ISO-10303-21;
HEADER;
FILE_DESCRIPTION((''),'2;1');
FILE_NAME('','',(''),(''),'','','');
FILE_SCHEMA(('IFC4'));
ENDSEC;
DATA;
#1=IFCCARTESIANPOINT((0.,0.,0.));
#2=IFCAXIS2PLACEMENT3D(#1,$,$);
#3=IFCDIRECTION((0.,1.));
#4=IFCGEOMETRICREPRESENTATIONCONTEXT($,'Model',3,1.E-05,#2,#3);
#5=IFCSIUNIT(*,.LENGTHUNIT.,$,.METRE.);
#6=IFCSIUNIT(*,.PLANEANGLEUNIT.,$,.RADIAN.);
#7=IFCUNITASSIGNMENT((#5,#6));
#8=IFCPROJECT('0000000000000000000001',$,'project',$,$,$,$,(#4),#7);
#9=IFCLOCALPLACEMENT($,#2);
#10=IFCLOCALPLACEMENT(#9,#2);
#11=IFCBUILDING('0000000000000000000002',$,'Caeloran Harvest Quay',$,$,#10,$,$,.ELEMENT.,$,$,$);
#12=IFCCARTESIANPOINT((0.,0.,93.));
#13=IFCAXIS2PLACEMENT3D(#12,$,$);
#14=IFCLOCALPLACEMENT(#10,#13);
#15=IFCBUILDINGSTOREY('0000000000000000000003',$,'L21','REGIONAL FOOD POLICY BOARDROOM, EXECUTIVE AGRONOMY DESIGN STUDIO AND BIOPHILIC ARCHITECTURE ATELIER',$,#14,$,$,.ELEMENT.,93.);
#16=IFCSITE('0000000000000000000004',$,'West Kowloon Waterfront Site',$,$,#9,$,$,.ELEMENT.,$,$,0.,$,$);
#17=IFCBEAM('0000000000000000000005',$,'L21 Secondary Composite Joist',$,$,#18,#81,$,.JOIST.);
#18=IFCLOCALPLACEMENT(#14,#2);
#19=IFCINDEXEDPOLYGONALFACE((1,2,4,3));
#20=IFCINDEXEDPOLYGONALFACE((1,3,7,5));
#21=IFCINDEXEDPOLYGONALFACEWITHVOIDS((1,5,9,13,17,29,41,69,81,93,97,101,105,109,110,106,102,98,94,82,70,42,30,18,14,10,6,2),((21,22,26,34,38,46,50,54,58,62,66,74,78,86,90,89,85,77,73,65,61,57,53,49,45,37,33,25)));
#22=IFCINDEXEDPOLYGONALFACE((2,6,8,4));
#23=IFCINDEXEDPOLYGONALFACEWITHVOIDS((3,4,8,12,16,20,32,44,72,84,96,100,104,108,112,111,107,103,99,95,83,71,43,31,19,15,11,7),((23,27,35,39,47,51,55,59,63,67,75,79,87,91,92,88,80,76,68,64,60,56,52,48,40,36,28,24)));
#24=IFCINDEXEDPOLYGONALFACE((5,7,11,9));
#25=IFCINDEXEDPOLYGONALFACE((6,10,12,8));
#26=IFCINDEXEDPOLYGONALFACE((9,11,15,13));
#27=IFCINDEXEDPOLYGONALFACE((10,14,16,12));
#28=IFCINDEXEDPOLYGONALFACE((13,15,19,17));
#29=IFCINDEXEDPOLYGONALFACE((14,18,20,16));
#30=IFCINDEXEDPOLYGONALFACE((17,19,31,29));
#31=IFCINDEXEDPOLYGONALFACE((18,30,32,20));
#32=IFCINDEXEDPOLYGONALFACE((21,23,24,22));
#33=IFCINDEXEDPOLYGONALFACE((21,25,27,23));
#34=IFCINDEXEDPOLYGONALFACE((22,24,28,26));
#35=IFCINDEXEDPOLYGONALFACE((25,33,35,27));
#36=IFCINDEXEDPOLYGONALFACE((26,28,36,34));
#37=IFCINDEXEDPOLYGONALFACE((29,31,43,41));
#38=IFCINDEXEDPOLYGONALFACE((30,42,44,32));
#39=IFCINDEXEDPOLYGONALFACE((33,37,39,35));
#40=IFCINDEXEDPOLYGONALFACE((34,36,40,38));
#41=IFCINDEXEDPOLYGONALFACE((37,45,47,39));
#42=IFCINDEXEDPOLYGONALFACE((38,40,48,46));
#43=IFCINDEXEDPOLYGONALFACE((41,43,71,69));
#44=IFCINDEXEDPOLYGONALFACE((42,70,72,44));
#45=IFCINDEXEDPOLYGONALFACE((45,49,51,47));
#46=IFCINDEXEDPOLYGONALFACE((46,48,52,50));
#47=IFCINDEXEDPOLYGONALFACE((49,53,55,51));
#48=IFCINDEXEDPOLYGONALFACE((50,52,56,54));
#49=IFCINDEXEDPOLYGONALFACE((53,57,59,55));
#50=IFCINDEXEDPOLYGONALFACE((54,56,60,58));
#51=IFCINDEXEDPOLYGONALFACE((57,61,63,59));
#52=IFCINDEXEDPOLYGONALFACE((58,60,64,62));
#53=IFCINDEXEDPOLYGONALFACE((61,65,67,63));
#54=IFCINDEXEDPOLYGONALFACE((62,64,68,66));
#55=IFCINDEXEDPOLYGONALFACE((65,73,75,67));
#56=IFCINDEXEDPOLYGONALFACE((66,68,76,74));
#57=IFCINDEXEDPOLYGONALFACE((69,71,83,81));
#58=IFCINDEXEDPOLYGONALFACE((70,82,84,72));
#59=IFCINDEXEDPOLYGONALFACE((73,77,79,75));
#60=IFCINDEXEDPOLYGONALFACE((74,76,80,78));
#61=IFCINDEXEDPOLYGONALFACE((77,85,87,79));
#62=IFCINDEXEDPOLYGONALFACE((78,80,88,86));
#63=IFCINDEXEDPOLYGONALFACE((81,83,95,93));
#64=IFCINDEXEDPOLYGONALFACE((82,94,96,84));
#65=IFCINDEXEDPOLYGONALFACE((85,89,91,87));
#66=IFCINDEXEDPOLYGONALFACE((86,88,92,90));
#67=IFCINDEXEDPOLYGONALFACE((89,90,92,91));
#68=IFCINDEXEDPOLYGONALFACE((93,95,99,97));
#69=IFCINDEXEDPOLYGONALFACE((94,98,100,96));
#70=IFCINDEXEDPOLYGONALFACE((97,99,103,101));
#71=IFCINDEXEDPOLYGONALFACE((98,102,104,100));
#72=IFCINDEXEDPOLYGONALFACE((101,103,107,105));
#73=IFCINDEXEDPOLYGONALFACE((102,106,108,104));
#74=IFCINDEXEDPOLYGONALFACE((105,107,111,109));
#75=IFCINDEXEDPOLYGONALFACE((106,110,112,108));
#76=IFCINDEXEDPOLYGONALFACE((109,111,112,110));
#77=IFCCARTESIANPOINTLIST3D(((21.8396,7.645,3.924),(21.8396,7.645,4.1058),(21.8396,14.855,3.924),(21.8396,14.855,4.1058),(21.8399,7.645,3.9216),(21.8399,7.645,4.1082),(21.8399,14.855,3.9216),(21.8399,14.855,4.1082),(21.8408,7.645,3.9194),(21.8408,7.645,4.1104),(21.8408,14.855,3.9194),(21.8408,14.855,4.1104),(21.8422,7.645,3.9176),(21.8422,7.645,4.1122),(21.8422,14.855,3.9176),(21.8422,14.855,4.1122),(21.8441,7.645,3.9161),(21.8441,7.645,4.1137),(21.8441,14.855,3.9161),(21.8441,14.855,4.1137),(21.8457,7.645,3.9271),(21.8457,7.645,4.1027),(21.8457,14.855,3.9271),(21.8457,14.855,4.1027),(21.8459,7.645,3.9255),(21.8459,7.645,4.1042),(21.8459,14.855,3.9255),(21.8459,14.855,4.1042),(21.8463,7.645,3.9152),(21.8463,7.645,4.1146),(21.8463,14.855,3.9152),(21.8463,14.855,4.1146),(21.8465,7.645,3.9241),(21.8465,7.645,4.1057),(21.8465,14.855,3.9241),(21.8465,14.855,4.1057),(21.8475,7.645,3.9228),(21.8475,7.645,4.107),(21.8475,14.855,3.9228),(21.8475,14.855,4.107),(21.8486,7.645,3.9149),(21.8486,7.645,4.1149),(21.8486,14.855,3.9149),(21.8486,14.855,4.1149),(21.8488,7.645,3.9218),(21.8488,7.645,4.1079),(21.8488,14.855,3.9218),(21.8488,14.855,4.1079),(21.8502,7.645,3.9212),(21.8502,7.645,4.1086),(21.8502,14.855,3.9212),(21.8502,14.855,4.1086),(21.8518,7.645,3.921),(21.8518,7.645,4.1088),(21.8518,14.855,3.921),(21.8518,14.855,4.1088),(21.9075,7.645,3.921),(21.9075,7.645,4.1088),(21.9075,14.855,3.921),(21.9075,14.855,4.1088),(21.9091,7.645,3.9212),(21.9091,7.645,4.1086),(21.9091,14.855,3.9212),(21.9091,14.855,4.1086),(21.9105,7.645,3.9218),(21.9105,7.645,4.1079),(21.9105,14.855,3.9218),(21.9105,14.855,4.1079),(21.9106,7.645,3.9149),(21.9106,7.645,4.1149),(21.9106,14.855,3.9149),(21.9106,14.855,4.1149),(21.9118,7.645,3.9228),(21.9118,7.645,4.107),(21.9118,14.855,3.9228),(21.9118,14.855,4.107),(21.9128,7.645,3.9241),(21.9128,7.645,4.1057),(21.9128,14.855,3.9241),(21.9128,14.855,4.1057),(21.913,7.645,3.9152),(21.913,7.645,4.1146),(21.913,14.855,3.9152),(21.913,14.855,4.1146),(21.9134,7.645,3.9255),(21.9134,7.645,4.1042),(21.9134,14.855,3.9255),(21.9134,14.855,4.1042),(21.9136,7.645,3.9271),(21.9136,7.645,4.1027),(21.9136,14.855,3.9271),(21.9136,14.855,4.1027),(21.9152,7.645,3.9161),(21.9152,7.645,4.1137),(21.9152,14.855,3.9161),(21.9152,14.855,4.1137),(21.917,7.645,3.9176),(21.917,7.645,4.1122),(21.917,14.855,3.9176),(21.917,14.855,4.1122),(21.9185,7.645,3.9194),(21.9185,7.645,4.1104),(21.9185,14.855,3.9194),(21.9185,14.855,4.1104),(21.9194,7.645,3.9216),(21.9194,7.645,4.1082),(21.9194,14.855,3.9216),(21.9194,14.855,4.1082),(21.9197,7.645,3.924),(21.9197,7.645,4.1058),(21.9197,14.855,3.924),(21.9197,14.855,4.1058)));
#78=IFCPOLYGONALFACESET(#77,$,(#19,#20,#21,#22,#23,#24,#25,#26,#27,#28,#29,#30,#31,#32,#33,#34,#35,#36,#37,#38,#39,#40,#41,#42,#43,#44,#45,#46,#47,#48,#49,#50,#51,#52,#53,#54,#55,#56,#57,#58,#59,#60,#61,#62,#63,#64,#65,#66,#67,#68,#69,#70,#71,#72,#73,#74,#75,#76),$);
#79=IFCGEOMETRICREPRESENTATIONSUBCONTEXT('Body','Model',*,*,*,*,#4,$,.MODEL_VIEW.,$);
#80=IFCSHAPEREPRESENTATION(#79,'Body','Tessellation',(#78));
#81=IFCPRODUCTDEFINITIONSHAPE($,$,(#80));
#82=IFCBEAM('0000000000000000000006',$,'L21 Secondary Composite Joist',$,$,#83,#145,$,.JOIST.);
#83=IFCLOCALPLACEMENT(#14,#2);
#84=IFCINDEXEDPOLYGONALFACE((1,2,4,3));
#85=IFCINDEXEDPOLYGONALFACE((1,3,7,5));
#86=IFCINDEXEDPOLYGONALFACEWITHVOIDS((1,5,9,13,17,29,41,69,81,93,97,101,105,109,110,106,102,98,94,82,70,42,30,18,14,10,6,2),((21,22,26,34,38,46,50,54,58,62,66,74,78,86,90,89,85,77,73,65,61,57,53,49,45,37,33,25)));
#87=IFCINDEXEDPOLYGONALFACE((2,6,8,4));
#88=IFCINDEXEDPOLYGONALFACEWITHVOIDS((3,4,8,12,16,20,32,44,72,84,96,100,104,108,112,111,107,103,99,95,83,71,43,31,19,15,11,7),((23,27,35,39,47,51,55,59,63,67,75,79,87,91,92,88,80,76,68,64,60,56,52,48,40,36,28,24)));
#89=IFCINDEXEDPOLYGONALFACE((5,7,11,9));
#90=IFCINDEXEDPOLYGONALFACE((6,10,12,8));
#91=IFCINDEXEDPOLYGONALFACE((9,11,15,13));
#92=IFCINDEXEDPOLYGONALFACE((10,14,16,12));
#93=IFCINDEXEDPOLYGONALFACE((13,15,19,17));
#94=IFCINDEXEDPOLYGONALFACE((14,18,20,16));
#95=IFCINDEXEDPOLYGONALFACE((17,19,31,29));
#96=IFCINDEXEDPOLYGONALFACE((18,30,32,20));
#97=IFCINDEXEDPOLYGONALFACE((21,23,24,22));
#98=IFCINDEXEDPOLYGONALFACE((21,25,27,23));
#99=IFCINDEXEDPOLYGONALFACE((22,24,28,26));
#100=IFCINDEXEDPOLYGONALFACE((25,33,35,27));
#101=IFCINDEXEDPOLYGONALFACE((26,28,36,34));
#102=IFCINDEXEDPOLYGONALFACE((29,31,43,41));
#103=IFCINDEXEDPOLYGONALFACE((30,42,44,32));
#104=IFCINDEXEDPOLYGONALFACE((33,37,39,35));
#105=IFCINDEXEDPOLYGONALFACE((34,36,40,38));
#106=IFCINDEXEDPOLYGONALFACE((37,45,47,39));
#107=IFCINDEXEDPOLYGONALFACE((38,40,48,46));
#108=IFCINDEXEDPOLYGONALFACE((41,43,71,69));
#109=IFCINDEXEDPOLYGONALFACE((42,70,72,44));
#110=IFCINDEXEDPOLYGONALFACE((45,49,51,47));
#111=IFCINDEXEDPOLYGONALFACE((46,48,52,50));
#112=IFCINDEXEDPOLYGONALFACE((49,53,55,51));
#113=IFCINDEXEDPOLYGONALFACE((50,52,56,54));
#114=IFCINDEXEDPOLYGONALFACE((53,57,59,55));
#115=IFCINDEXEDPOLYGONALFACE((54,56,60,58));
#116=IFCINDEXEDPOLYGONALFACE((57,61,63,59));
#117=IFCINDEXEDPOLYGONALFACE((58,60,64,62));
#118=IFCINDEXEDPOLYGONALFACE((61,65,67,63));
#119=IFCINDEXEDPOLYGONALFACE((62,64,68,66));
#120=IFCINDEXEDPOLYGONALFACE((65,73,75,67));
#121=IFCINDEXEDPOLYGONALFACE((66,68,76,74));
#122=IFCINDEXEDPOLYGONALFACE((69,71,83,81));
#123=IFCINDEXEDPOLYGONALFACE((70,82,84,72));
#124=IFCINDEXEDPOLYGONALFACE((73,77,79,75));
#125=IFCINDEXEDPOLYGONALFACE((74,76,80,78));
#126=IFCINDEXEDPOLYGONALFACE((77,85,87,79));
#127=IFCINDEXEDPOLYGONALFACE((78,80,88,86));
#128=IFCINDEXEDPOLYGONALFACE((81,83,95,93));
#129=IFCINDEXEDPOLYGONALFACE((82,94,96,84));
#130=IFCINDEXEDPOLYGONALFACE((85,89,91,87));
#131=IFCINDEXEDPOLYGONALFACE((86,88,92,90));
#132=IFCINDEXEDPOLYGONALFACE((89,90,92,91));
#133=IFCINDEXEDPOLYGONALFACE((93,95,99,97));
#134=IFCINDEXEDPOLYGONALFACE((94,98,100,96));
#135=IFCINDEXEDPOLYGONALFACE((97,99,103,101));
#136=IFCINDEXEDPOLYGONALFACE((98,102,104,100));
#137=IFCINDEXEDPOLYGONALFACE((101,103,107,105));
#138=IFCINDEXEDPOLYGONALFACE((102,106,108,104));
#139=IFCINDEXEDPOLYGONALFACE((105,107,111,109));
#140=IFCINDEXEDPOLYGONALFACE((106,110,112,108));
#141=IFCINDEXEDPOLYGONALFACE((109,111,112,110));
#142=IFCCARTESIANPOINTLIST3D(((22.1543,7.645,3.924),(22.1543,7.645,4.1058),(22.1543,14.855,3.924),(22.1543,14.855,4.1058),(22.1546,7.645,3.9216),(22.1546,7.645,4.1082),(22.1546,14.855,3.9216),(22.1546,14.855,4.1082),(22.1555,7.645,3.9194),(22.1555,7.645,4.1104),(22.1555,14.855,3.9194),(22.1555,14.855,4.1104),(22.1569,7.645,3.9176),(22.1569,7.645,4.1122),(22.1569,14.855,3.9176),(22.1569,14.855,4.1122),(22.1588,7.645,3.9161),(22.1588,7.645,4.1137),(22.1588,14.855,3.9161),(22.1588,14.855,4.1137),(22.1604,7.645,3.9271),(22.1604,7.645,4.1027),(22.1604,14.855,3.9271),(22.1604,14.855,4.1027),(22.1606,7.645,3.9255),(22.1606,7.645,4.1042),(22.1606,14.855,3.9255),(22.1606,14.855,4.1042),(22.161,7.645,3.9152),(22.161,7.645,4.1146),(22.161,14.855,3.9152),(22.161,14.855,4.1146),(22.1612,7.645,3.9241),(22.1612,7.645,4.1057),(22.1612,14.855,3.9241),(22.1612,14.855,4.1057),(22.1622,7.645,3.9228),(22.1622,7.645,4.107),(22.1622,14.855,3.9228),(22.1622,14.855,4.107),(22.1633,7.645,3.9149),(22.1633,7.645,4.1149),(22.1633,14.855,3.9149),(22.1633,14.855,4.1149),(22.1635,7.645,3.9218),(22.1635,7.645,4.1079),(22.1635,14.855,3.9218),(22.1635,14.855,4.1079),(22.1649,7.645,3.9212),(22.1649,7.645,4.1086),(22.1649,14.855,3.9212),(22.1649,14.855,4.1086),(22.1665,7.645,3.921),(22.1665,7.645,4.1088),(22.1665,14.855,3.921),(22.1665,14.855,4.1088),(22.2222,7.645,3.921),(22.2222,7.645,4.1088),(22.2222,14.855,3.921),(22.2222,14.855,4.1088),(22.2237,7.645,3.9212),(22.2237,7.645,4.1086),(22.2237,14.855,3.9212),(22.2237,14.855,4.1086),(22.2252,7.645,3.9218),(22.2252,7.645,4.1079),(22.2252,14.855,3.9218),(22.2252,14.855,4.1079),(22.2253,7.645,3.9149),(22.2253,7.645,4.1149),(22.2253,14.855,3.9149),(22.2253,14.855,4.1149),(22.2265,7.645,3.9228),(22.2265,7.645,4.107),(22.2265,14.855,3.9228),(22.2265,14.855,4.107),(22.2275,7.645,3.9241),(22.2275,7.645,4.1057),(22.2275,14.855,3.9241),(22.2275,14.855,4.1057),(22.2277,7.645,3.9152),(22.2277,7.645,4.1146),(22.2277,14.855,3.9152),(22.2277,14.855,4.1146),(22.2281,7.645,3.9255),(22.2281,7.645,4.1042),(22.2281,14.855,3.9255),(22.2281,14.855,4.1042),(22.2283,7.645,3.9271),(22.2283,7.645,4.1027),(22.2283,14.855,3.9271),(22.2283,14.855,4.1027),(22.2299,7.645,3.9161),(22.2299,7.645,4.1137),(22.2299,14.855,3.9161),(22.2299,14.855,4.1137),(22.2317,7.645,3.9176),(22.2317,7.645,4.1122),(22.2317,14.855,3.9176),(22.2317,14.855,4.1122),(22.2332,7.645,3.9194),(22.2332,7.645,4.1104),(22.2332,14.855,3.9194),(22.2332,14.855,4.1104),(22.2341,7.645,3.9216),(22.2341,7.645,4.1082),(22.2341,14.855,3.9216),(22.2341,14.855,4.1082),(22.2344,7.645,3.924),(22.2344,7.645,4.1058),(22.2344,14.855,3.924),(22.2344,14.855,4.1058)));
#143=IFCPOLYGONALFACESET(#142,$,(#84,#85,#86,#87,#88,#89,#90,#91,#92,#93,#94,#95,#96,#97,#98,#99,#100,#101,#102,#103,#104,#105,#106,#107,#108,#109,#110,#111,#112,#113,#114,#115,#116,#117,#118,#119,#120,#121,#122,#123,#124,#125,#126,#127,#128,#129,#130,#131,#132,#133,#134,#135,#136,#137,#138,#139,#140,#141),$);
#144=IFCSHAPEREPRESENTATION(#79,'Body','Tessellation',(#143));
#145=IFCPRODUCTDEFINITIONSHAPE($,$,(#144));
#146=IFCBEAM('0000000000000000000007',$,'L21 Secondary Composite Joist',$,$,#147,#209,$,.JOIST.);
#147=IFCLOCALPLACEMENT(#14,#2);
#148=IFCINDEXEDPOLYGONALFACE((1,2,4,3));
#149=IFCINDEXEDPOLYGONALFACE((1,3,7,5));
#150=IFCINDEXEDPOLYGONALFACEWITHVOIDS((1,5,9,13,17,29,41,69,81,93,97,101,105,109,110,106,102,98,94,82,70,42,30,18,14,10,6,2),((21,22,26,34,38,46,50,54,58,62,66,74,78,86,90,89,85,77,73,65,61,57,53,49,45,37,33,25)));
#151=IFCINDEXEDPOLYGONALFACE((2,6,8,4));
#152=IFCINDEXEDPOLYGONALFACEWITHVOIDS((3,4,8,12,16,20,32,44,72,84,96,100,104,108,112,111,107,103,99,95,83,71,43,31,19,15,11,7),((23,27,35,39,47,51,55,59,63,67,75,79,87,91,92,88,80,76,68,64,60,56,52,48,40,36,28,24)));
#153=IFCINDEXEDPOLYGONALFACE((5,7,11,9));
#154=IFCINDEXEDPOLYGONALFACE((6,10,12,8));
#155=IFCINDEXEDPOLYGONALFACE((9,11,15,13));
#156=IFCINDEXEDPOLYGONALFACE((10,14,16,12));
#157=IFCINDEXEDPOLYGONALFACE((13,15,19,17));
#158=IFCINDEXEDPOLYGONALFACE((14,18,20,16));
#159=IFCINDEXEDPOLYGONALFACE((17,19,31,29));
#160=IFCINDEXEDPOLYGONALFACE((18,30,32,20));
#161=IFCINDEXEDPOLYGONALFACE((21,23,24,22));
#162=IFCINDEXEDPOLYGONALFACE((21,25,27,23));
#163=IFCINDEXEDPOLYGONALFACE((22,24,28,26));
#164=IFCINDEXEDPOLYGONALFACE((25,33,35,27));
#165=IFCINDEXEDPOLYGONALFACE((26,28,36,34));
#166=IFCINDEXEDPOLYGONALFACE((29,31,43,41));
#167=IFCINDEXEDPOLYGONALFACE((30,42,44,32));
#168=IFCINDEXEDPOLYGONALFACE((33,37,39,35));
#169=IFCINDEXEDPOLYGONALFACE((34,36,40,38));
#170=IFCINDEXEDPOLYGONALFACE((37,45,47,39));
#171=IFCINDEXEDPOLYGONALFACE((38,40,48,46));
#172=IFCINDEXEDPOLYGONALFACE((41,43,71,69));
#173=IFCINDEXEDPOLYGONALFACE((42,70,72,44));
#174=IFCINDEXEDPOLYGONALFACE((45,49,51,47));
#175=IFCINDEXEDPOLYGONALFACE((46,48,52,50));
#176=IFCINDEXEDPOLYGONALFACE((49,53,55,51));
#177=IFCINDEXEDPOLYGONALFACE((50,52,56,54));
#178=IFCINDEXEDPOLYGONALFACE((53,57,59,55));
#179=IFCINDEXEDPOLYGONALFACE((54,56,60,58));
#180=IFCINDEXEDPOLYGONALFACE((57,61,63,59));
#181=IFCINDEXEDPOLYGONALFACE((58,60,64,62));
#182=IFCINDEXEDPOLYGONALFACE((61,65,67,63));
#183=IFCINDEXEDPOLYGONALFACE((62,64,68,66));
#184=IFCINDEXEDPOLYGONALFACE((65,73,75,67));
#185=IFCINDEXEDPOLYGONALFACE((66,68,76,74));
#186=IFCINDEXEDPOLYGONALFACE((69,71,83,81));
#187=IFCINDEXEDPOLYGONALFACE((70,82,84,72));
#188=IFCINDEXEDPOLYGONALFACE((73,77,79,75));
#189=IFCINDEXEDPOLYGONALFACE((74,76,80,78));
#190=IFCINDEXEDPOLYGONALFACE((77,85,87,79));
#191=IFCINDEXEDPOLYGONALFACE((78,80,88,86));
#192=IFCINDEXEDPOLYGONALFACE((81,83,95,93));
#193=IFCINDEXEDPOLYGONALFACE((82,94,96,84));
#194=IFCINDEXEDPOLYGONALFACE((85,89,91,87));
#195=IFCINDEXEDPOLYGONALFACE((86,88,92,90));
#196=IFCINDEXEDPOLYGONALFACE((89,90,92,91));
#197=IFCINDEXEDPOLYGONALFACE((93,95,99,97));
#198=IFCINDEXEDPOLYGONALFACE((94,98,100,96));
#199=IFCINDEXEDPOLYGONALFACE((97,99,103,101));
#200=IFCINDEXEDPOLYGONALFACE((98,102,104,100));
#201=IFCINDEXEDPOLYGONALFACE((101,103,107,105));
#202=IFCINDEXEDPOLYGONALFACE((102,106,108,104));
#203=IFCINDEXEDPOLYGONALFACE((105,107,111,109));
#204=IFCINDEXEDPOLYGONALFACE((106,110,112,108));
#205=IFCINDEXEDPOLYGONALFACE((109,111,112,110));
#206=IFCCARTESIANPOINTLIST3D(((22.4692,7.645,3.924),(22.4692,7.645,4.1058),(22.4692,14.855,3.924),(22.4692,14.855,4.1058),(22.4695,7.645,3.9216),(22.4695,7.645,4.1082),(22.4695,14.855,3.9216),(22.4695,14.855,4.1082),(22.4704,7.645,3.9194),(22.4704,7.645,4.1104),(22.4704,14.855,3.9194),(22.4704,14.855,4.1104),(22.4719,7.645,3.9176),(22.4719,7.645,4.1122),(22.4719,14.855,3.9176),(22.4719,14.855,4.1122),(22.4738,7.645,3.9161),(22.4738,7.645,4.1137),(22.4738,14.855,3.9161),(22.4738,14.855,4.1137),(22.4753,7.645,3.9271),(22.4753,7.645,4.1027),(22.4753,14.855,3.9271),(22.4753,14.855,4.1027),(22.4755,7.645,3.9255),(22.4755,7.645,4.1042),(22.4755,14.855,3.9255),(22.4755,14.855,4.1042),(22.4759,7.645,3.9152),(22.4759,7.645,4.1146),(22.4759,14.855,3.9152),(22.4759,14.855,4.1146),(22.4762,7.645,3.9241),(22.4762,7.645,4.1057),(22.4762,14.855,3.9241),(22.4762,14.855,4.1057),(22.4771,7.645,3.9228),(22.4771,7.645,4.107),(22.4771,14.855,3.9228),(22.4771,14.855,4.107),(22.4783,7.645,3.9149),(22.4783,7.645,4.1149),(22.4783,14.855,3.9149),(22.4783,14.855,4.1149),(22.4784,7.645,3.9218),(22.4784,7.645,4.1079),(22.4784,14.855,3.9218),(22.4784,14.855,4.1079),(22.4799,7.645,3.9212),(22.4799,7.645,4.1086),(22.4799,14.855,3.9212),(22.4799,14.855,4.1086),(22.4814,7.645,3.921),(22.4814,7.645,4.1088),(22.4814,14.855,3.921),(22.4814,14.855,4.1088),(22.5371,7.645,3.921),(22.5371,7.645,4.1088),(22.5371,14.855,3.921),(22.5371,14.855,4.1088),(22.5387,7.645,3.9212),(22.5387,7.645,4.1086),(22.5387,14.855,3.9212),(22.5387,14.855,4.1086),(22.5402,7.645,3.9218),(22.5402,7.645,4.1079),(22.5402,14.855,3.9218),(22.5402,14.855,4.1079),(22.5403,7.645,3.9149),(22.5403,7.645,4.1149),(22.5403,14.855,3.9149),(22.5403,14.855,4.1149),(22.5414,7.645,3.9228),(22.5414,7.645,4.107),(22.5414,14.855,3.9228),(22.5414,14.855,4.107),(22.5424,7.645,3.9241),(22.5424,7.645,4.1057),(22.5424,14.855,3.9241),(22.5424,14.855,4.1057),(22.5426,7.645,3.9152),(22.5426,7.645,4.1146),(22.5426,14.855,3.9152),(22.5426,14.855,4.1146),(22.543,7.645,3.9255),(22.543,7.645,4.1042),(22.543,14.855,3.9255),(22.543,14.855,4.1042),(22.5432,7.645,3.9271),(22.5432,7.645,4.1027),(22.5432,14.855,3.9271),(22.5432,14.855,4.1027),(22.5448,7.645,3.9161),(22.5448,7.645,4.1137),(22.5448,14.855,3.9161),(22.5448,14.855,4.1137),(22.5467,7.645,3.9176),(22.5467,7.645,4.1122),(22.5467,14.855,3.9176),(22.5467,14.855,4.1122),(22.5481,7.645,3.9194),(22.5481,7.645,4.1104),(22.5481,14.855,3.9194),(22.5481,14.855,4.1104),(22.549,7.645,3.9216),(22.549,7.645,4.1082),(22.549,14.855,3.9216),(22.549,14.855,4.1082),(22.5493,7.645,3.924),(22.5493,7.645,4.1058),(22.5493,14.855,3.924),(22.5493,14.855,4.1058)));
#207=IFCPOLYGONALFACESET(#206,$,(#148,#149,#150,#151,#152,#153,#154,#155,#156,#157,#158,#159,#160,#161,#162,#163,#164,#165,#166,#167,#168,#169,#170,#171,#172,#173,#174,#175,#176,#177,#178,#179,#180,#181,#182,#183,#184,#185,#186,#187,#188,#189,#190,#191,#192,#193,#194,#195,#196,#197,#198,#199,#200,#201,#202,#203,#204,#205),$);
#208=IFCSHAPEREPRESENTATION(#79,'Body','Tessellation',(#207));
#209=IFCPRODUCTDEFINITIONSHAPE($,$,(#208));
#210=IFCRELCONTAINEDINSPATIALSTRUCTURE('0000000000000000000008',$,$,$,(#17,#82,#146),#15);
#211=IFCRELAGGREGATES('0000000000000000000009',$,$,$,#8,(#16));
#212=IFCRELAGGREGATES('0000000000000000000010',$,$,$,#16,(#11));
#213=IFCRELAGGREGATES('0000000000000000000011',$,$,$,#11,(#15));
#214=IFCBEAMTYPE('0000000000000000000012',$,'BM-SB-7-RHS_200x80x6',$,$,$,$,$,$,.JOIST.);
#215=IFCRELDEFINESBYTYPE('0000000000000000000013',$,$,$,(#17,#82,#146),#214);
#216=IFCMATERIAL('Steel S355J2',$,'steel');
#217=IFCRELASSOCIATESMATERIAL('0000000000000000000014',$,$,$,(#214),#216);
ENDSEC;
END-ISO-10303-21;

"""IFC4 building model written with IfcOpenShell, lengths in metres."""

from ifc_helpers import new_model, si_unit, direction, frame, origin, origin_2d, place, context, subcontext, project, spatial, hollow_rectangle, extrude, material, material_profile, profile_set, type_object, element, save


model = new_model("IFC4")

# Units and contexts
model_context = context("Model", 3, precision=1e-05, world=origin(), true_north=direction((0.0, 1.0)))
body_context = subcontext(model_context, "Body", "Model", "MODEL_VIEW")
ifc_project = project(units=[si_unit("LENGTHUNIT", "METRE"), si_unit("PLANEANGLEUNIT", "RADIAN")], contexts=[model_context])

# Site, building, storey
site_placement = place(None, origin())
site = spatial("IfcSite", under=ifc_project, at=site_placement, Name="West Kowloon Waterfront Site", CompositionType="ELEMENT", RefElevation=0.0)
building_placement = place(site_placement, origin())
building = spatial("IfcBuilding", under=site, at=building_placement, Name="Caeloran Harvest Quay", CompositionType="ELEMENT")
storey_placement = place(building_placement, frame((0.0, 0.0, 93.0)))
storey = spatial("IfcBuildingStorey", under=building, at=storey_placement, Name="L21", Description="REGIONAL FOOD POLICY BOARDROOM, EXECUTIVE AGRONOMY DESIGN STUDIO AND BIOPHILIC ARCHITECTURE ATELIER", CompositionType="ELEMENT", Elevation=93.0)

# Beams
ifc_material_1 = material(Name="Steel S355J2", Category="steel")
ifc_material_profile_1 = material_profile(ifc_material_1, hollow_rectangle(XDim=0.0801, YDim=0.2, WallThickness=0.0061, InnerFilletRadius=0.0061, OuterFilletRadius=0.009, at=origin_2d()), Name="RHS 200x80x6")
ifc_profile_set_1 = profile_set([ifc_material_profile_1], Name="Steel S355J2")
beam_type_1 = type_object("IfcBeamType", Name="BM-SB-7-RHS_200x80x6", PredefinedType="JOIST", material=ifc_profile_set_1)
for number, where, z_axis, x_axis, name in (
    (1, (21.8796, 7.645, 4.0149), (0.0, 1.0, 0.0), (-1.0, 0.0, 0.0), "L21 Secondary Composite Joist"),
    (2, (22.1943, 7.645, 4.0149), (0.0, 1.0, 0.0), (-1.0, 0.0, 0.0), "L21 Secondary Composite Joist"),
    (3, (22.5093, 7.645, 4.0149), (0.0, 1.0, 0.0), (-1.0, 0.0, 0.0), "L21 Secondary Composite Joist"),
):
    element("IfcBeam", number, at=place(storey_placement, frame(where, z_axis=z_axis, x_axis=x_axis)), inside=storey, type_object=beam_type_1, Name=name, PredefinedType="JOIST", context=body_context, shape_type="SweptSolid", body=[
        extrude(hollow_rectangle(XDim=0.0801, YDim=0.2, WallThickness=0.0061, InnerFilletRadius=0.0061, OuterFilletRadius=0.009, at=origin_2d()), origin(), (0.0, 0.0, 1.0), 7.21),
    ])

save(model, "model.ifc")
